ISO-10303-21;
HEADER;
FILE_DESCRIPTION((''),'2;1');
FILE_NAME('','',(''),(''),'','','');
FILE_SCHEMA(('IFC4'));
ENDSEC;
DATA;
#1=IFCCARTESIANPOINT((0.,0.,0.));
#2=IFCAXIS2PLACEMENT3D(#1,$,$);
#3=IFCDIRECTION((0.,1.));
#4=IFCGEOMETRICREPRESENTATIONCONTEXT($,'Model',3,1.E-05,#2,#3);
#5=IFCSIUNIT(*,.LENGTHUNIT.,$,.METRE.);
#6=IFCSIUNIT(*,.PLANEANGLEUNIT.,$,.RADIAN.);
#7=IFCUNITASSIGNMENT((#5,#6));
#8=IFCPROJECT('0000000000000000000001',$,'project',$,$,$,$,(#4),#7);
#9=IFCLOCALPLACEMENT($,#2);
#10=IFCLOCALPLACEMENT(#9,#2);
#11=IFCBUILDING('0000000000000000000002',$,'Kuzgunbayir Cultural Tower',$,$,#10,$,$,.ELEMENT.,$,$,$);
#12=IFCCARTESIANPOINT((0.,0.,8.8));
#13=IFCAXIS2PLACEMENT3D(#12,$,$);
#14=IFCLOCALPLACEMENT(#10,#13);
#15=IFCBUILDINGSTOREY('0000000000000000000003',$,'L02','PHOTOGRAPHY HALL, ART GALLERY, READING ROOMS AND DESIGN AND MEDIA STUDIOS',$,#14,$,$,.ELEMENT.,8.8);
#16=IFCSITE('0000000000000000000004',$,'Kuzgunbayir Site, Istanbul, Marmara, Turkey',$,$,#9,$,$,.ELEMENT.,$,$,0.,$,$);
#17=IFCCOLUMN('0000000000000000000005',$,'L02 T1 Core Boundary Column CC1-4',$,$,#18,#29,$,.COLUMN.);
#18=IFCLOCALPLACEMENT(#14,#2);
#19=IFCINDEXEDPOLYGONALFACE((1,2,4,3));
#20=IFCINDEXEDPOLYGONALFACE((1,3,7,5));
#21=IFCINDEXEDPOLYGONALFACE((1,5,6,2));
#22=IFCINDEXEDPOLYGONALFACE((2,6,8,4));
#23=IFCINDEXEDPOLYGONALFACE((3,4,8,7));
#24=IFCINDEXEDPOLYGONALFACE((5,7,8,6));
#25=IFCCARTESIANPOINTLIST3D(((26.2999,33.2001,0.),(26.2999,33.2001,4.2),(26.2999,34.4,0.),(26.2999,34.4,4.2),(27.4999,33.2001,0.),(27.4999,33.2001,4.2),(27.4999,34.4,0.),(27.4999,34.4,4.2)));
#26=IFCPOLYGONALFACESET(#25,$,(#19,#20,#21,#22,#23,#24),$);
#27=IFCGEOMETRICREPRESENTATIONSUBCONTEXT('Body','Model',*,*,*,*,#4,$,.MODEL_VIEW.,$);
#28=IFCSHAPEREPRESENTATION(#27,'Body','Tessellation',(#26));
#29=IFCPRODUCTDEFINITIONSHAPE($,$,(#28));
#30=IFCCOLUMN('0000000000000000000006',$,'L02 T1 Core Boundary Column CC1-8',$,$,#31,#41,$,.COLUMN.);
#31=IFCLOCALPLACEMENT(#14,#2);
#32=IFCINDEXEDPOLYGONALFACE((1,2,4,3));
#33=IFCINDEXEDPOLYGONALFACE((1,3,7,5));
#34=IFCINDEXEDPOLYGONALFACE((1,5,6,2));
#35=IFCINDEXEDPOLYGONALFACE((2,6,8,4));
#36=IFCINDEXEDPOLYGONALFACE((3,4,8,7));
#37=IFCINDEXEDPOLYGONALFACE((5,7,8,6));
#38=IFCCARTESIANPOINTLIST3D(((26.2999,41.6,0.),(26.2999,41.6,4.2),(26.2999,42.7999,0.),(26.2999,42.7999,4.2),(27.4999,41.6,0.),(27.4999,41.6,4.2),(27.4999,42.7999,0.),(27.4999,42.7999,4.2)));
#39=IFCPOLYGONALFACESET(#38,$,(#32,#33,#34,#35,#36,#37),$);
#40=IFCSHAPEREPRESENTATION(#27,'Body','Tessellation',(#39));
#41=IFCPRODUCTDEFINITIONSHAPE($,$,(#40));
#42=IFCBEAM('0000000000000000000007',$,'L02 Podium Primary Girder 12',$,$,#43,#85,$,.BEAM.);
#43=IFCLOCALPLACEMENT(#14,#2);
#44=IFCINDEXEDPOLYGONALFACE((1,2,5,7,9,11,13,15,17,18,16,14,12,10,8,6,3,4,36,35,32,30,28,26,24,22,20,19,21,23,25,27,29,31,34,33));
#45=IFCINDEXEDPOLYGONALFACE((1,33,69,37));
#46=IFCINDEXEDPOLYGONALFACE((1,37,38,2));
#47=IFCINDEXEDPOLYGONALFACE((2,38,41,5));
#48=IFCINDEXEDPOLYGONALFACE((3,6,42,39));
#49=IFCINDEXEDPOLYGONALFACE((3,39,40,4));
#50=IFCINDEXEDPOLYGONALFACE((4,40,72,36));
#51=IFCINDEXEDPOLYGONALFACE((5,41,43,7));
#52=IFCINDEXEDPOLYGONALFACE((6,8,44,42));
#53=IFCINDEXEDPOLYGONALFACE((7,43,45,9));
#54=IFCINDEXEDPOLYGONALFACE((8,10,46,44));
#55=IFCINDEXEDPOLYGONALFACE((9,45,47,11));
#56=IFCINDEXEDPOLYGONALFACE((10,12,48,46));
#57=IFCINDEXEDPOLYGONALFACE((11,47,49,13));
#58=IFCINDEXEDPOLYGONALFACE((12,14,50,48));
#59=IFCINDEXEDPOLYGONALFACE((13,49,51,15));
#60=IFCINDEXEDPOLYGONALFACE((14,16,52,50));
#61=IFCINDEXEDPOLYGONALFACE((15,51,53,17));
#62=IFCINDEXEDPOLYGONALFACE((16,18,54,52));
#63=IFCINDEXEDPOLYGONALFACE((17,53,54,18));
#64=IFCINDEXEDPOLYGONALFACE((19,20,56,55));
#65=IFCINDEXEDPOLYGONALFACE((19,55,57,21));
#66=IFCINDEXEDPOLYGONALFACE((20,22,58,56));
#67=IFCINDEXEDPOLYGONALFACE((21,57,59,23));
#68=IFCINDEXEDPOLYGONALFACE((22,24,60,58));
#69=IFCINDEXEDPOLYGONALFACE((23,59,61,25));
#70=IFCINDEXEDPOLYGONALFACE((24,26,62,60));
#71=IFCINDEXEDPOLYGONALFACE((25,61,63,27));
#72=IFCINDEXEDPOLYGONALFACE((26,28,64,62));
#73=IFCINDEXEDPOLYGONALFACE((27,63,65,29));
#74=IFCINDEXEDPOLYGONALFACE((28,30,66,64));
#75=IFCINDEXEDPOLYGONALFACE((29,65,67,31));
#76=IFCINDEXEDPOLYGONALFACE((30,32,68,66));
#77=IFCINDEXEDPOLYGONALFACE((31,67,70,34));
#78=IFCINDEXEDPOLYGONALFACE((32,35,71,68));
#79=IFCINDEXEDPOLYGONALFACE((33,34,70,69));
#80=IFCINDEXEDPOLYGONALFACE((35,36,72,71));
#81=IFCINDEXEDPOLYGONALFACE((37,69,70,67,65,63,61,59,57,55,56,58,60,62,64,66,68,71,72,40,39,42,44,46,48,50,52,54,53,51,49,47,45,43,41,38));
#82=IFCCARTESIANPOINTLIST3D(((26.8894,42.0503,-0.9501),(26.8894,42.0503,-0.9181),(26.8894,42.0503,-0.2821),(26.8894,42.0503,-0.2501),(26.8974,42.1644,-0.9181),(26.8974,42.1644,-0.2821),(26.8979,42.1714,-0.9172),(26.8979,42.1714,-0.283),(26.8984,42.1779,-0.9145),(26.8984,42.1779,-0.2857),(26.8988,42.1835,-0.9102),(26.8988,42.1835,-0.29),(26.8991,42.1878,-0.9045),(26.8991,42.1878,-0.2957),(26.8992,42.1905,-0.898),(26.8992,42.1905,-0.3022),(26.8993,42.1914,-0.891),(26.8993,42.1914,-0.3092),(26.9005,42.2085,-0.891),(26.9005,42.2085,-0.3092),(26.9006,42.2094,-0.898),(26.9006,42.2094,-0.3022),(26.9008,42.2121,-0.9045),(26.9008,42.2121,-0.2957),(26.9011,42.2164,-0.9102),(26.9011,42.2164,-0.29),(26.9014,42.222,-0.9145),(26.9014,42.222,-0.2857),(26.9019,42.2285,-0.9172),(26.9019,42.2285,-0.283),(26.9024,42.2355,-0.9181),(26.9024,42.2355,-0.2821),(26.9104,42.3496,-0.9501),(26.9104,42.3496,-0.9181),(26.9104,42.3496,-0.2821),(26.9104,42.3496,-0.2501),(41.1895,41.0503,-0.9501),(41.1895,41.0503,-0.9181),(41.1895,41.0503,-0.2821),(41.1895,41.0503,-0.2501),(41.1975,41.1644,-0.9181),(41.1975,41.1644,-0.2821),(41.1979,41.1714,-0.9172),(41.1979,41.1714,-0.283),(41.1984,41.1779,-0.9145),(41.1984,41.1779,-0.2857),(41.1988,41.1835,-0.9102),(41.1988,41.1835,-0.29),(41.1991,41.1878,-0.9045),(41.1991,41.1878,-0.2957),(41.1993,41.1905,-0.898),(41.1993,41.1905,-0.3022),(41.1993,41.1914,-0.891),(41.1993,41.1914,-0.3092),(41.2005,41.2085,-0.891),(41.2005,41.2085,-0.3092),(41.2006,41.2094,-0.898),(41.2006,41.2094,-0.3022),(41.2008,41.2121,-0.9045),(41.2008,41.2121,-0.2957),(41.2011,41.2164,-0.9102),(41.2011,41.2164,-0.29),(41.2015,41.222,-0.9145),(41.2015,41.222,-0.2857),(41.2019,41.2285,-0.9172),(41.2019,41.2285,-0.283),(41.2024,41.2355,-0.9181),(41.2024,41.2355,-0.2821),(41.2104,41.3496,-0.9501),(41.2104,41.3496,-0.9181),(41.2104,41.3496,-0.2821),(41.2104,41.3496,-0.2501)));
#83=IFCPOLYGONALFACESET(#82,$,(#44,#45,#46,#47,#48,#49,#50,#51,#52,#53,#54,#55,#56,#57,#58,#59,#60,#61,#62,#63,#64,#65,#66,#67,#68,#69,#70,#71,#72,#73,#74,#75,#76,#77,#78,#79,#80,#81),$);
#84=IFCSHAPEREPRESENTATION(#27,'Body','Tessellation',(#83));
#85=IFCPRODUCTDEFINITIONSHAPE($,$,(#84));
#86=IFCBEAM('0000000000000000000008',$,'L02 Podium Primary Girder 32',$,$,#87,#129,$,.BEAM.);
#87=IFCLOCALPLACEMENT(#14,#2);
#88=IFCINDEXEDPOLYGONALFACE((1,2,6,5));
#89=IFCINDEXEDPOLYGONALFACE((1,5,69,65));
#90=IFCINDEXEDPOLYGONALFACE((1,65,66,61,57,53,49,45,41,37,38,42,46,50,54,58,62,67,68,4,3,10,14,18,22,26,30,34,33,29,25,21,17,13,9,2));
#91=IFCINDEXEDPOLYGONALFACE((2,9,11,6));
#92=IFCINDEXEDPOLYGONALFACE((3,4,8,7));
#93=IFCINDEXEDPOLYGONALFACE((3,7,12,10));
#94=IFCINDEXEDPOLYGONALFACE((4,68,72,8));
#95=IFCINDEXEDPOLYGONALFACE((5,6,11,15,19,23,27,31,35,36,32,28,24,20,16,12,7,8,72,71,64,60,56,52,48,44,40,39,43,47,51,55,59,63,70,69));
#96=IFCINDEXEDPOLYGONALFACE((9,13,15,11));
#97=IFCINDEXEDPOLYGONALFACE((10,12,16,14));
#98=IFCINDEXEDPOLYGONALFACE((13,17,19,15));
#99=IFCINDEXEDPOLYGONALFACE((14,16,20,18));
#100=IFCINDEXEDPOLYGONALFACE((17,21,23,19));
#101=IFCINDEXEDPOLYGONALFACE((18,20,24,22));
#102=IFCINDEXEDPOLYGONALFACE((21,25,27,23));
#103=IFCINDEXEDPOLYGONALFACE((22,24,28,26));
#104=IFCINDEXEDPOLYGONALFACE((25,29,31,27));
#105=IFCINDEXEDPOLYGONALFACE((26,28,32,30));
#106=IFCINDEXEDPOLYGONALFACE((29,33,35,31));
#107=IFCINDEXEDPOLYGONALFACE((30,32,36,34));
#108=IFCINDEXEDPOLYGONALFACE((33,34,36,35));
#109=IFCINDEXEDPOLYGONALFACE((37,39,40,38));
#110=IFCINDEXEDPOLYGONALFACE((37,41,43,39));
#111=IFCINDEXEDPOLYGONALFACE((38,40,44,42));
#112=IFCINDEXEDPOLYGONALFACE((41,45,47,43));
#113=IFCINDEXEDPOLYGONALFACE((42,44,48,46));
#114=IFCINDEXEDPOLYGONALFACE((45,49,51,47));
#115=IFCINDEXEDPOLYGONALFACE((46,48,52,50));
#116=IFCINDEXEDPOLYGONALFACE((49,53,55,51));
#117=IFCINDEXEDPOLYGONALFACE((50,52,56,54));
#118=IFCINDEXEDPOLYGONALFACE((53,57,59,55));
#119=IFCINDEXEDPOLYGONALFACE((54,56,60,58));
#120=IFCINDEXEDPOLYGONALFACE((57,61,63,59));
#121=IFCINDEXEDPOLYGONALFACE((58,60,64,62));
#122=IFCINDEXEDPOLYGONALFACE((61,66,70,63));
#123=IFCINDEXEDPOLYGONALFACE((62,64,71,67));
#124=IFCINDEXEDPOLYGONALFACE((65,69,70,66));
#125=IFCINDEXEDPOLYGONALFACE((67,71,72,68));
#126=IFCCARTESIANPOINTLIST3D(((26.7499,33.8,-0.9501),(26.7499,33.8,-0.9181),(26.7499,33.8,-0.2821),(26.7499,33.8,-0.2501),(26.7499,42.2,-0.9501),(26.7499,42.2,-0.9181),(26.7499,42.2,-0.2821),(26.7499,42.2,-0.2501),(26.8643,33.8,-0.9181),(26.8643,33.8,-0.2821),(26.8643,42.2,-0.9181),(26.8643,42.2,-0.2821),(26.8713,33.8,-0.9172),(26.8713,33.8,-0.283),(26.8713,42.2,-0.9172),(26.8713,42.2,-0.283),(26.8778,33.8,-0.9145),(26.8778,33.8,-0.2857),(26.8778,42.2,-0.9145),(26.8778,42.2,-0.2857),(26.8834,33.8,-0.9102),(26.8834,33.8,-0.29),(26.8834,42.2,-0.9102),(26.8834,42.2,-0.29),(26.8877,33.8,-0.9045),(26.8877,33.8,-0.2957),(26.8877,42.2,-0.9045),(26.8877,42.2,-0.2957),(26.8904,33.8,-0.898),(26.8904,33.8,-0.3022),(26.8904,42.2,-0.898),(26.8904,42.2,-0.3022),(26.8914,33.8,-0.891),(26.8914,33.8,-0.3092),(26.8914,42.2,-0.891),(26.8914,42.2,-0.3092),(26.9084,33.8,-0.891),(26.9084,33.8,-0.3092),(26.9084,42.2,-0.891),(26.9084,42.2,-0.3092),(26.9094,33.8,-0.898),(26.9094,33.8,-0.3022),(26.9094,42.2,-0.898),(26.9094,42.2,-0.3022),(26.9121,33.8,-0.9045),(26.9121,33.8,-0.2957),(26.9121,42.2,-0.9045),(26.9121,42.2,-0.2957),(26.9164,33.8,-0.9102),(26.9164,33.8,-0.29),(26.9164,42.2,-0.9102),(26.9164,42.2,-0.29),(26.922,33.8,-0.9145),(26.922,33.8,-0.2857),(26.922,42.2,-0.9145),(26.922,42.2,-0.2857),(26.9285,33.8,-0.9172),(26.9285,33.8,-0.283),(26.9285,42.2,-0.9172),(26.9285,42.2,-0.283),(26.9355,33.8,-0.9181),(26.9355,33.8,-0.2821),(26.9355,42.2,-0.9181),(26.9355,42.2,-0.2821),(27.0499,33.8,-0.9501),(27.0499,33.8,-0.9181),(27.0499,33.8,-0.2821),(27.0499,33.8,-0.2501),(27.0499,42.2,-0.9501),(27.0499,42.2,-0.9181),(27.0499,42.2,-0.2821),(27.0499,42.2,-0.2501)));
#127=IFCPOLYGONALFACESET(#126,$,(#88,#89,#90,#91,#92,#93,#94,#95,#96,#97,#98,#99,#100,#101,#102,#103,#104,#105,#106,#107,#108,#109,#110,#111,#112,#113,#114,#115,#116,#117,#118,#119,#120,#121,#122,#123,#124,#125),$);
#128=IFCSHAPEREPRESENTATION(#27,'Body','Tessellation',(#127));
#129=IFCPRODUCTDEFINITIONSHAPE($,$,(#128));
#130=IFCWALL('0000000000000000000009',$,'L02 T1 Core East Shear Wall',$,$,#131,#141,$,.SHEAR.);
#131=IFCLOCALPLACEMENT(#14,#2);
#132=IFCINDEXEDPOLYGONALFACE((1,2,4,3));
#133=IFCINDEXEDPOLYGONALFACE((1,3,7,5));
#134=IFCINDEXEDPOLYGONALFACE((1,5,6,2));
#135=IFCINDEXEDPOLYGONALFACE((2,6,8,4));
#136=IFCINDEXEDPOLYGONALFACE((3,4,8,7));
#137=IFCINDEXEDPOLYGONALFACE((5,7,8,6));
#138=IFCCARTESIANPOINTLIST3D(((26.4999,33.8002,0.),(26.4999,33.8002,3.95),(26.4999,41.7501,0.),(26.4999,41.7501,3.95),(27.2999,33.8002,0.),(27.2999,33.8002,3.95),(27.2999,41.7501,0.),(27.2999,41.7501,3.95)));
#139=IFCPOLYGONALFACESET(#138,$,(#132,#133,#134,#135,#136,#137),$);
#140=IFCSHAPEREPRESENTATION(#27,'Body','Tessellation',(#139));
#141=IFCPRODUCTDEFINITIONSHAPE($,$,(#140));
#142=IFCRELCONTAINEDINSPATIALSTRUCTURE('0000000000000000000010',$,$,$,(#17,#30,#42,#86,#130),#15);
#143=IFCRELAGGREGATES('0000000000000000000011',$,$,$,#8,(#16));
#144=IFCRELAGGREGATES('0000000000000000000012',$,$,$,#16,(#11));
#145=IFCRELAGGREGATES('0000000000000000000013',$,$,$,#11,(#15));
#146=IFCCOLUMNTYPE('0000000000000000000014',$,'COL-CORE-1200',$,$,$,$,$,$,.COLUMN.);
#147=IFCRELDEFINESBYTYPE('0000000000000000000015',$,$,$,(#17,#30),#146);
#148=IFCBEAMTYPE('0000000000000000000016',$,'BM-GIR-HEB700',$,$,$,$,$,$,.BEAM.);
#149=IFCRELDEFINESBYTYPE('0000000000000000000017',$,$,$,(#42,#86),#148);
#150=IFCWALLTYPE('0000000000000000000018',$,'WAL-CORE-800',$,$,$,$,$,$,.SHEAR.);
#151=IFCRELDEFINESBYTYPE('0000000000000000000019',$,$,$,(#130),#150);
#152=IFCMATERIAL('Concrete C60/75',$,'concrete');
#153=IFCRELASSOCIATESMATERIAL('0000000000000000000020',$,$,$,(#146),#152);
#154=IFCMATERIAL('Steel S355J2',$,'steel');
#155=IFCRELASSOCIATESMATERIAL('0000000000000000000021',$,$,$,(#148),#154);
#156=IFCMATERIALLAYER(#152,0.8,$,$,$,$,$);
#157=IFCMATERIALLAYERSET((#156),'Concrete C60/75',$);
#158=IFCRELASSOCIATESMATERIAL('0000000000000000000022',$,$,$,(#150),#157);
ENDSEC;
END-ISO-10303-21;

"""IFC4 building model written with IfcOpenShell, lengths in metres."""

from ifc_helpers import new_model, si_unit, direction, frame, frame_2d, origin, origin_2d, place, context, subcontext, project, spatial, rectangle, i_section, extrude, material, layer, layer_set, material_profile, profile_set, type_object, element, save


model = new_model("IFC4")

# Units and contexts
model_context = context("Model", 3, precision=1e-05, world=origin(), true_north=direction((0.0, 1.0)))
body_context = subcontext(model_context, "Body", "Model", "MODEL_VIEW")
ifc_project = project(units=[si_unit("LENGTHUNIT", "METRE"), si_unit("PLANEANGLEUNIT", "RADIAN")], contexts=[model_context])

# Site, building, storey
site_placement = place(None, origin())
site = spatial("IfcSite", under=ifc_project, at=site_placement, Name="Kuzgunbayir Site, Istanbul, Marmara, Turkey", CompositionType="ELEMENT", RefElevation=0.0)
building_placement = place(site_placement, origin())
building = spatial("IfcBuilding", under=site, at=building_placement, Name="Kuzgunbayir Cultural Tower", CompositionType="ELEMENT")
storey_placement = place(building_placement, frame((0.0, 0.0, 8.8)))
storey = spatial("IfcBuildingStorey", under=building, at=storey_placement, Name="L02", Description="PHOTOGRAPHY HALL, ART GALLERY, READING ROOMS AND DESIGN AND MEDIA STUDIOS", CompositionType="ELEMENT", Elevation=8.8)

# Columns
ifc_material_1 = material(Name="Concrete C60/75", Category="concrete")
ifc_material_profile_1 = material_profile(ifc_material_1, rectangle(XDim=1.2, YDim=1.2, at=origin_2d()), Name="RC 1200x1200")
ifc_profile_set_1 = profile_set([ifc_material_profile_1], Name="Concrete C60/75")
column_type = type_object("IfcColumnType", Name="COL-CORE-1200", PredefinedType="COLUMN", material=ifc_profile_set_1)
for number, where, z_axis, x_axis, name in (
    (1, (26.8999, 33.8, 0.0), (0.0, 0.0, 1.0), (1.0, 0.0, 0.0), "L02 T1 Core Boundary Column CC1-4"),
    (2, (26.8999, 42.2, 0.0), (0.0, 0.0, 1.0), (1.0, 0.0, 0.0), "L02 T1 Core Boundary Column CC1-8"),
):
    element("IfcColumn", number, at=place(storey_placement, frame(where, z_axis=z_axis, x_axis=x_axis)), inside=storey, type_object=column_type, Name=name, PredefinedType="COLUMN", context=body_context, shape_type="SweptSolid", body=[
        extrude(rectangle(XDim=1.2, YDim=1.2, at=origin_2d()), origin(), (0.0, 0.0, 1.0), 4.2),
    ])

# Beams
ifc_material_2 = material(Name="Steel S355J2", Category="steel")
ifc_material_profile_2 = material_profile(ifc_material_2, i_section(OverallWidth=0.3, OverallDepth=0.7, WebThickness=0.0171, FlangeThickness=0.032, FilletRadius=0.0271, at=origin_2d()), Name="HEB 700")
ifc_profile_set_2 = profile_set([ifc_material_profile_2], Name="Steel S355J2")
beam_type = type_object("IfcBeamType", Name="BM-GIR-HEB700", PredefinedType="BEAM", material=ifc_profile_set_2)
beam_1_placement = place(storey_placement, frame((26.8999, 42.2, -0.6001), z_axis=(0.997564, -0.069759, 0.0), x_axis=(0.069759, 0.997564, 0.0)))
element("IfcBeam", 3, at=beam_1_placement, inside=storey, type_object=beam_type, Name="L02 Podium Primary Girder 12", PredefinedType="BEAM", context=body_context, shape_type="SweptSolid", body=[
    extrude(i_section(OverallWidth=0.3, OverallDepth=0.7, WebThickness=0.0171, FlangeThickness=0.032, FilletRadius=0.0271, at=origin_2d()), origin(), (0.0, 0.0, 1.0), 14.335),
])
beam_2_placement = place(storey_placement, frame((26.8999, 33.8, -0.6001), z_axis=(0.0, 1.0, 0.0), x_axis=(-1.0, 0.0, 0.0)))
element("IfcBeam", 4, at=beam_2_placement, inside=storey, type_object=beam_type, Name="L02 Podium Primary Girder 32", PredefinedType="BEAM", context=body_context, shape_type="SweptSolid", body=[
    extrude(i_section(OverallWidth=0.3, OverallDepth=0.7, WebThickness=0.0171, FlangeThickness=0.032, FilletRadius=0.0271, at=origin_2d()), origin(), (0.0, 0.0, 1.0), 8.3999),
])

# Wall
ifc_layer_1 = layer(ifc_material_1, 0.8)
ifc_layer_set_1 = layer_set([ifc_layer_1], Name="Concrete C60/75")
wall_type_1 = type_object("IfcWallType", Name="WAL-CORE-800", PredefinedType="SHEAR", material=ifc_layer_set_1)
wall_1_placement = place(storey_placement, frame((26.8999, 33.8, 0.0), z_axis=(0.0, 0.0, 1.0), x_axis=(0.0, 1.0, 0.0)))
element("IfcWall", 5, at=wall_1_placement, inside=storey, type_object=wall_type_1, Name="L02 T1 Core East Shear Wall", PredefinedType="SHEAR", context=body_context, shape_type="SweptSolid", body=[
    extrude(rectangle(XDim=7.95, YDim=0.8, at=frame_2d((3.9751, 0.0))), origin(), (0.0, 0.0, 1.0), 3.95),
])

save(model, "model.ifc")
